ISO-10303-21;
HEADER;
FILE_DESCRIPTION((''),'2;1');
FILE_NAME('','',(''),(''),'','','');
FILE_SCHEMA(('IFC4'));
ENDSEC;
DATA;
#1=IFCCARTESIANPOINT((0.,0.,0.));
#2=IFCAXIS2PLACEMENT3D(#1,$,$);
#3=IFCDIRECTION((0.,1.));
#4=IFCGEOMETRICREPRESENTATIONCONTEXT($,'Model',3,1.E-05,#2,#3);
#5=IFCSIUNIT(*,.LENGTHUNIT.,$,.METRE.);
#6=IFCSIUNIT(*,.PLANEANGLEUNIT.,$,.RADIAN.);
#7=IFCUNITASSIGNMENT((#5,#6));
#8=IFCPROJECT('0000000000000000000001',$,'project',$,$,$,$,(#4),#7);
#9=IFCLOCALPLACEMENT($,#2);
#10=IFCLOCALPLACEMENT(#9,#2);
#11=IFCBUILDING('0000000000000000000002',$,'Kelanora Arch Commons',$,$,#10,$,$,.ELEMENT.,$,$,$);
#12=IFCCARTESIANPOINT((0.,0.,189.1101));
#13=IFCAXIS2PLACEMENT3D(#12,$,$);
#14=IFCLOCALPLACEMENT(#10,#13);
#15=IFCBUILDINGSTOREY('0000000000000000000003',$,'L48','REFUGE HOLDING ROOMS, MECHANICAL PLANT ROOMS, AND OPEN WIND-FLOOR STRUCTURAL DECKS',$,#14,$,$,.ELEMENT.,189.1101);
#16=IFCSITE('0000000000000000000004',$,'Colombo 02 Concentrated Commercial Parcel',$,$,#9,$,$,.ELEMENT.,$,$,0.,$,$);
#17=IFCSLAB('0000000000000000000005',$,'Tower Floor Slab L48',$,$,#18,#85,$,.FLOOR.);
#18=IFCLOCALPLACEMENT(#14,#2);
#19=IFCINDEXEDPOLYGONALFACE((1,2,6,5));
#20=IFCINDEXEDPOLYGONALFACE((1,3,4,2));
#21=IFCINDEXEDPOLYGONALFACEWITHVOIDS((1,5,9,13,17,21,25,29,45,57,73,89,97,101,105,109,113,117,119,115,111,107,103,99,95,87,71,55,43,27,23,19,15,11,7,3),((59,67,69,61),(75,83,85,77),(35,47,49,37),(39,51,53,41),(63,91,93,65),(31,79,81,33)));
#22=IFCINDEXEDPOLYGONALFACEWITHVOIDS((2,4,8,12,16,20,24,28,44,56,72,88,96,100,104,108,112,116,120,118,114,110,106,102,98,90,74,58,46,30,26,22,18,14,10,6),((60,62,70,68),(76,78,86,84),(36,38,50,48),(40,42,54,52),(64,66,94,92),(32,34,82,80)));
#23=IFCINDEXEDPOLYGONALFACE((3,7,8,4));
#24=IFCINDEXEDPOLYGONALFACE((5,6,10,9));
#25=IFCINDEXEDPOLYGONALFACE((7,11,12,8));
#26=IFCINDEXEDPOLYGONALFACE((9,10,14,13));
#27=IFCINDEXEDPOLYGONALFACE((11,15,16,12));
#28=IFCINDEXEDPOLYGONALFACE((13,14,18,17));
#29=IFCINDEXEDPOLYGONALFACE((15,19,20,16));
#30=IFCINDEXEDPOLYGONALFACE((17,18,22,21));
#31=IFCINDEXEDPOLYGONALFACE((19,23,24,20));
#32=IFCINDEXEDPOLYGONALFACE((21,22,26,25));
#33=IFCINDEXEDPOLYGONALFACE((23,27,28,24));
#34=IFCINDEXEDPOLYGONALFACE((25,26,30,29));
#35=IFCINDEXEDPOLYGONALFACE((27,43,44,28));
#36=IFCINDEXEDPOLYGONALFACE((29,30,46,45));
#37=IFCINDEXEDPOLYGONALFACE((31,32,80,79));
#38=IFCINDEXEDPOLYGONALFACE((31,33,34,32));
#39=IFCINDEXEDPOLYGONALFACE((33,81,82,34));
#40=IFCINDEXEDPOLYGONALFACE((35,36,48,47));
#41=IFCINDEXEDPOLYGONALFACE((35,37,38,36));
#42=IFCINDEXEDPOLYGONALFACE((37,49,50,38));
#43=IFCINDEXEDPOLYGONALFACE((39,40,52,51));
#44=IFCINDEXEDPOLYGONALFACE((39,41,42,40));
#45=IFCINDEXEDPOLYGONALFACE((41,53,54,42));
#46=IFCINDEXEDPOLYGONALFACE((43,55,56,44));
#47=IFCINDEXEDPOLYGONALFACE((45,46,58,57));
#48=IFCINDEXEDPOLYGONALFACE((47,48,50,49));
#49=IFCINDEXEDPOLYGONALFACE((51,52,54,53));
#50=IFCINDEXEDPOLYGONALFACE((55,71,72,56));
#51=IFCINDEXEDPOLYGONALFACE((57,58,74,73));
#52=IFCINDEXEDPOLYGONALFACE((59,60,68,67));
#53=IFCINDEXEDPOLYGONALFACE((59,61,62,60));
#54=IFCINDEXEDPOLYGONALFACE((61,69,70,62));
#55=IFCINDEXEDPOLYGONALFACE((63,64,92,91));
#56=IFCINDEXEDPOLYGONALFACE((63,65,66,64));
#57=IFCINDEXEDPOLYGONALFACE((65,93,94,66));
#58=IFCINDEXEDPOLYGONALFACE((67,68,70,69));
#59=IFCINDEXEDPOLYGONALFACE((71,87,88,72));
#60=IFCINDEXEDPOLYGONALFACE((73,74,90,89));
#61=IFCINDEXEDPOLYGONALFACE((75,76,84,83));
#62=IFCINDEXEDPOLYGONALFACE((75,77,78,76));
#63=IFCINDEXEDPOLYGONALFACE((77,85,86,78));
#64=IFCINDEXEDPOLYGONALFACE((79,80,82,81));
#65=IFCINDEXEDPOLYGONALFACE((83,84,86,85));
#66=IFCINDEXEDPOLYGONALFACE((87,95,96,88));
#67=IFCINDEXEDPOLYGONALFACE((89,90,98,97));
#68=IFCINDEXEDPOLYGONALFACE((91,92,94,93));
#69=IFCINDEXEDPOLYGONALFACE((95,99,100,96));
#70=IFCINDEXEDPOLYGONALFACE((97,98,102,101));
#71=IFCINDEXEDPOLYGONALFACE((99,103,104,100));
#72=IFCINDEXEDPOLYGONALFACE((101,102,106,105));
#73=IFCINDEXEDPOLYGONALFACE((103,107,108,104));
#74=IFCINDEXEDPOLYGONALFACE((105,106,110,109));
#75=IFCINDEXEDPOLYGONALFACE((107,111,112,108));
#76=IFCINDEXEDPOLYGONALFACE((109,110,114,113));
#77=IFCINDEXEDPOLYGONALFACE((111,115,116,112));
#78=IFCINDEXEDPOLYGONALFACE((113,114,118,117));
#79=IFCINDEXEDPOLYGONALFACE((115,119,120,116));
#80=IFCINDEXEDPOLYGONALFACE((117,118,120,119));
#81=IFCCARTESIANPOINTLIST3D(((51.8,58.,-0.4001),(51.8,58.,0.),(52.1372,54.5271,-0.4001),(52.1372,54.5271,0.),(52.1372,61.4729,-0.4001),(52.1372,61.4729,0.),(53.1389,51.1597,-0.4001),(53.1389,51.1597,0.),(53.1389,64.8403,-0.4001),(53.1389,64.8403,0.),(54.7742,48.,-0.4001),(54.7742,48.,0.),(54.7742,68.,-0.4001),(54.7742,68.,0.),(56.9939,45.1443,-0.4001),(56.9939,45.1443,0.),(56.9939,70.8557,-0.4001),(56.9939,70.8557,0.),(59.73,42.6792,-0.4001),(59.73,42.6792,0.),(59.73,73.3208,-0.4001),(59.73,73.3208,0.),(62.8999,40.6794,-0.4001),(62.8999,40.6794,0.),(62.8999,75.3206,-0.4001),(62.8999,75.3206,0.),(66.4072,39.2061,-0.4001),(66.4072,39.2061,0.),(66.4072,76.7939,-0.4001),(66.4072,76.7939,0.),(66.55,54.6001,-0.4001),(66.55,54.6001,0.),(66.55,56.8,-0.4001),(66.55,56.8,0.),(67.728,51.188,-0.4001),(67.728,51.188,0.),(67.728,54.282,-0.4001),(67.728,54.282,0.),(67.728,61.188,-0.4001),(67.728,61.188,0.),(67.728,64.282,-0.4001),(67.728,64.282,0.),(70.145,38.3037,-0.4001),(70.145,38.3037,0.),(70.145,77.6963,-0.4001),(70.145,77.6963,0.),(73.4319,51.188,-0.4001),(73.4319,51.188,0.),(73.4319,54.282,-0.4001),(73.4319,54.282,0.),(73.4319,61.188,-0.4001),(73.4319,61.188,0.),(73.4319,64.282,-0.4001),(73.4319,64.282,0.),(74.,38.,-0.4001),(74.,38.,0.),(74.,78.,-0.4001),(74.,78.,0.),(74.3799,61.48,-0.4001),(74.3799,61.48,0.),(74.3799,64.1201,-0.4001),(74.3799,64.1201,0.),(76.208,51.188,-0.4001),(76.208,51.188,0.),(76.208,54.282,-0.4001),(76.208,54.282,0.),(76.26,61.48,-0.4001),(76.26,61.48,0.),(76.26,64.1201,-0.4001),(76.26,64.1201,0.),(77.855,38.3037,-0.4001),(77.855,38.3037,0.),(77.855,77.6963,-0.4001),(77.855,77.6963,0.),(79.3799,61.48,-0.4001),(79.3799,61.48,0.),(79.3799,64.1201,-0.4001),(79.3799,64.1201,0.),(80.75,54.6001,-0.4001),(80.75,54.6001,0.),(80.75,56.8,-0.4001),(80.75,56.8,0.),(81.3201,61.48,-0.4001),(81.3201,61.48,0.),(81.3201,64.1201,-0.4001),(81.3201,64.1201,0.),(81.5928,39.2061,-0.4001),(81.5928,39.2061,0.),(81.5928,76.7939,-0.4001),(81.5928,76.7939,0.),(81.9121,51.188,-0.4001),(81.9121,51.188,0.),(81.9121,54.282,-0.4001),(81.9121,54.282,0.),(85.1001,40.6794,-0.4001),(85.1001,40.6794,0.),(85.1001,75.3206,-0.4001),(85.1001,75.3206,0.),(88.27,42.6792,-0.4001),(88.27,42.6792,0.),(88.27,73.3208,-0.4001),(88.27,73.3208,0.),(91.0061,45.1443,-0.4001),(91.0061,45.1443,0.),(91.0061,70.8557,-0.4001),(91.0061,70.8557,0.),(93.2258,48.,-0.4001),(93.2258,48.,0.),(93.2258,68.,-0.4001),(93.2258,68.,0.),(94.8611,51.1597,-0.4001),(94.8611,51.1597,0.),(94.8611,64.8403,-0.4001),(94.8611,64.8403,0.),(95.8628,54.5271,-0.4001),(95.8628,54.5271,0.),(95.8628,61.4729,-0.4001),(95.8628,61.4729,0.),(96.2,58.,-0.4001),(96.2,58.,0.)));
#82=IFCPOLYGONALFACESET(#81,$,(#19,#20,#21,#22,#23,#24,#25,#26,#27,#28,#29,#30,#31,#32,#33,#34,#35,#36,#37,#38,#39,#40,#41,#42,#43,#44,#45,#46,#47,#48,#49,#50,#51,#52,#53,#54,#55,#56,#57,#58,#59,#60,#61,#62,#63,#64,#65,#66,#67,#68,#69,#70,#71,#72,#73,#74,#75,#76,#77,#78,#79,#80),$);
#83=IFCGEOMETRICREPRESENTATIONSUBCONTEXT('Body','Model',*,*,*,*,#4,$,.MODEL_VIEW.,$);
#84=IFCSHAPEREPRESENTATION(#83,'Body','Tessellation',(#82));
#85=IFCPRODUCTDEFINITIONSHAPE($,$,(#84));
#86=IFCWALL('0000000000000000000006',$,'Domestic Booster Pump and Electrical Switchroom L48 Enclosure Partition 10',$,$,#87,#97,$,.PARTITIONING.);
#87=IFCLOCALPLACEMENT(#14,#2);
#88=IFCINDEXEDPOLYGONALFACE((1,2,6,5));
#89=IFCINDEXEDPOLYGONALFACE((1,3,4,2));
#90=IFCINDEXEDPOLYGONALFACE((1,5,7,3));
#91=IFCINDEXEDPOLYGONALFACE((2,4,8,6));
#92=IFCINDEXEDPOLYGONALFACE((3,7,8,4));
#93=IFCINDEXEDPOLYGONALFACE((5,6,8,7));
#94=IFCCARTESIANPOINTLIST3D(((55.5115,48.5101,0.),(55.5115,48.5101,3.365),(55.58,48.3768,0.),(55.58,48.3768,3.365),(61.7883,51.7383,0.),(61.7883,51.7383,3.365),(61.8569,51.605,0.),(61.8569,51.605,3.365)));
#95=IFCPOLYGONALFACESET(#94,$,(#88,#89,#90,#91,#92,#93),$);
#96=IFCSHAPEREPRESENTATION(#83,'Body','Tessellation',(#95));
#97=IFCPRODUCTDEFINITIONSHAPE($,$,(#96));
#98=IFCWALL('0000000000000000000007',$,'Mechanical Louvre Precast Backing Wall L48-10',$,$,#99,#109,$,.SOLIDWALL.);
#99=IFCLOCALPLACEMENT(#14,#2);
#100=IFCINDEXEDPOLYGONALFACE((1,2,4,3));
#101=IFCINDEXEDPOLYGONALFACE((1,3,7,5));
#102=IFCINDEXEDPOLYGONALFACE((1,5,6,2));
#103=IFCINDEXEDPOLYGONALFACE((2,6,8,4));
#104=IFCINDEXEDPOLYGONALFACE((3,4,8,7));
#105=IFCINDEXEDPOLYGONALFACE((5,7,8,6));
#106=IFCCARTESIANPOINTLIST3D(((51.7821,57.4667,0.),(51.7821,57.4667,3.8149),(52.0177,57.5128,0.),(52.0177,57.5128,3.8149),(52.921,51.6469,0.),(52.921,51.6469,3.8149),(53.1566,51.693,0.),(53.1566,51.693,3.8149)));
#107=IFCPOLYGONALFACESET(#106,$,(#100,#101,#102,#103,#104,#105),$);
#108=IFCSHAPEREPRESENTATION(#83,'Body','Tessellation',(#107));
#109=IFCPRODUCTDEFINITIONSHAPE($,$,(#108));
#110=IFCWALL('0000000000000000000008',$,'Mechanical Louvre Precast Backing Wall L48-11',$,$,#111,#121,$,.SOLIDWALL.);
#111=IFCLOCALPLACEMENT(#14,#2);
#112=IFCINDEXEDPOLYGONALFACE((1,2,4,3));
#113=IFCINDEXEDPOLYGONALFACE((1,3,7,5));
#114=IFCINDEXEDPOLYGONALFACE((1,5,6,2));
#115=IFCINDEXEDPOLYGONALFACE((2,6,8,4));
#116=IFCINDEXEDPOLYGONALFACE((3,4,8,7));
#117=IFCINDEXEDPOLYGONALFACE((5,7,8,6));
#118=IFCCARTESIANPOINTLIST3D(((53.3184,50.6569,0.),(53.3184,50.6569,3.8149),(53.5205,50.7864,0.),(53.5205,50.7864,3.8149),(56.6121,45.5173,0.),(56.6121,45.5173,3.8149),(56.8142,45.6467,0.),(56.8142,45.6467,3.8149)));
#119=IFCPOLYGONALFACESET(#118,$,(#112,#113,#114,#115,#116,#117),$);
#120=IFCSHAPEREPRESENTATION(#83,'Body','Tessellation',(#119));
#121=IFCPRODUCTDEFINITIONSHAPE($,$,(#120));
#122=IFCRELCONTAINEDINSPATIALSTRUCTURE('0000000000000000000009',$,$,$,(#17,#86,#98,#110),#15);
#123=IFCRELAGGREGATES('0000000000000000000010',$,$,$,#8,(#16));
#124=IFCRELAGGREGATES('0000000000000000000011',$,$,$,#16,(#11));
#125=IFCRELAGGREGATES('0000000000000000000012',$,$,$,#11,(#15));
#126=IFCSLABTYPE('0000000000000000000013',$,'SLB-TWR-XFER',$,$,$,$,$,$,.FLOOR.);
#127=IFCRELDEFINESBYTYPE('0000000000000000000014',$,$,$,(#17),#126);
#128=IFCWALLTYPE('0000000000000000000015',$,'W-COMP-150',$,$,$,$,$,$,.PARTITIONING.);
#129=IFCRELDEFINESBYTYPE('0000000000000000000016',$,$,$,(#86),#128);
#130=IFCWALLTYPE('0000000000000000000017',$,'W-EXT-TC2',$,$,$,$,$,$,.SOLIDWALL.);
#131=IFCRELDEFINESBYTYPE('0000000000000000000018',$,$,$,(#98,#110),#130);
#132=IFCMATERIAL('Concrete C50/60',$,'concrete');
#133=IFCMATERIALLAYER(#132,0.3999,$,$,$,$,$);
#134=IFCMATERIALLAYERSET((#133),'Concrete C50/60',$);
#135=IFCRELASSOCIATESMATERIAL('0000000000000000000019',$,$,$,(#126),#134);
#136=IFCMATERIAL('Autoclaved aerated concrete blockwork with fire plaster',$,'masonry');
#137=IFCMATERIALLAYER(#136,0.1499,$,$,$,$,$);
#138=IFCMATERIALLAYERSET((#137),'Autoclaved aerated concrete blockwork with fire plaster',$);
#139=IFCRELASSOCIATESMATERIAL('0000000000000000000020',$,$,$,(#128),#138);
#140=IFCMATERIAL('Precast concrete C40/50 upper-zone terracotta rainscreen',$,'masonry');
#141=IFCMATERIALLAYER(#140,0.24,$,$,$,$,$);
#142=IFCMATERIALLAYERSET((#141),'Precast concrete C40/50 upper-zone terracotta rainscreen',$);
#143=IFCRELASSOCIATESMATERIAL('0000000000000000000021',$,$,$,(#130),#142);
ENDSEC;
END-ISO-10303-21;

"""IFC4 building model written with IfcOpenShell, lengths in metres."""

from ifc_helpers import new_model, si_unit, direction, frame, frame_2d, origin, place, context, subcontext, project, spatial, polyline, rectangle, outline, extrude, material, layer, layer_set, type_object, element, save


model = new_model("IFC4")

# Units and contexts
model_context = context("Model", 3, precision=1e-05, world=origin(), true_north=direction((0.0, 1.0)))
body_context = subcontext(model_context, "Body", "Model", "MODEL_VIEW")
ifc_project = project(units=[si_unit("LENGTHUNIT", "METRE"), si_unit("PLANEANGLEUNIT", "RADIAN")], contexts=[model_context])

# Site, building, storey
site_placement = place(None, origin())
site = spatial("IfcSite", under=ifc_project, at=site_placement, Name="Colombo 02 Concentrated Commercial Parcel", CompositionType="ELEMENT", RefElevation=0.0)
building_placement = place(site_placement, origin())
building = spatial("IfcBuilding", under=site, at=building_placement, Name="Kelanora Arch Commons", CompositionType="ELEMENT")
storey_placement = place(building_placement, frame((0.0, 0.0, 189.1101)))
storey = spatial("IfcBuildingStorey", under=building, at=storey_placement, Name="L48", Description="REFUGE HOLDING ROOMS, MECHANICAL PLANT ROOMS, AND OPEN WIND-FLOOR STRUCTURAL DECKS", CompositionType="ELEMENT", Elevation=189.1101)

# Shared definitions
ifc_material_1 = material(Name="Concrete C50/60", Category="concrete")

# Slab
ifc_layer_1 = layer(ifc_material_1, 0.3999)
ifc_layer_set_1 = layer_set([ifc_layer_1], Name="Concrete C50/60")
slab_type_1 = type_object("IfcSlabType", Name="SLB-TWR-XFER", PredefinedType="FLOOR", material=ifc_layer_set_1)
slab_1_placement = place(storey_placement, frame((0.0, 0.0, -0.4001)))
element("IfcSlab", 1, at=slab_1_placement, inside=storey, type_object=slab_type_1, Name="Tower Floor Slab L48", PredefinedType="FLOOR", context=body_context, shape_type="SweptSolid", body=[
    extrude(outline(polyline([(96.2, 58.0), (95.8628, 61.4729), (94.8611, 64.8403), (93.2258, 68.0), (91.0061, 70.8557), (88.27, 73.3208), (85.1001, 75.3206), (81.5928, 76.7939), (77.855, 77.6963), (74.0, 78.0), (70.145, 77.6963), (66.4072, 76.7939), (62.8999, 75.3206), (59.73, 73.3208), (56.9939, 70.8557), (54.7742, 68.0), (53.1389, 64.8403), (52.1372, 61.4729), (51.8, 58.0), (52.1372, 54.5271), (53.1389, 51.1597), (54.7742, 48.0), (56.9939, 45.1443), (59.73, 42.6792), (62.8999, 40.6794), (66.4072, 39.2061), (70.145, 38.3037), (74.0, 38.0), (77.855, 38.3037), (81.5928, 39.2061), (85.1001, 40.6794), (88.27, 42.6792), (91.0061, 45.1443), (93.2258, 48.0), (94.8611, 51.1597), (95.8628, 54.5271), (96.2, 58.0)]), holes=[polyline([(73.4319, 51.188), (67.728, 51.188), (67.728, 54.282), (73.4319, 54.282), (73.4319, 51.188)]), polyline([(76.208, 51.188), (76.208, 54.282), (81.9121, 54.282), (81.9121, 51.188), (76.208, 51.188)]), polyline([(66.55, 54.6001), (66.55, 56.8), (80.75, 56.8), (80.75, 54.6001), (66.55, 54.6001)]), polyline([(73.4319, 61.188), (67.728, 61.188), (67.728, 64.282), (73.4319, 64.282), (73.4319, 61.188)]), polyline([(74.3799, 61.48), (74.3799, 64.1201), (76.26, 64.1201), (76.26, 61.48), (74.3799, 61.48)]), polyline([(79.3799, 61.48), (79.3799, 64.1201), (81.3201, 64.1201), (81.3201, 61.48), (79.3799, 61.48)])]), origin(), (0.0, 0.0, 1.0), 0.4001),
])

# Walls
ifc_material_2 = material(Name="Autoclaved aerated concrete blockwork with fire plaster", Category="masonry")
ifc_layer_2 = layer(ifc_material_2, 0.1499)
ifc_layer_set_2 = layer_set([ifc_layer_2], Name="Autoclaved aerated concrete blockwork with fire plaster")
wall_type_1 = type_object("IfcWallType", Name="W-COMP-150", PredefinedType="PARTITIONING", material=ifc_layer_set_2)
wall_1_placement = place(storey_placement, frame((55.5457, 48.4434, 0.0), z_axis=(0.0, 0.0, 1.0), x_axis=(0.889278, 0.457368, 0.0)))
element("IfcWall", 2, at=wall_1_placement, inside=storey, type_object=wall_type_1, Name="Domestic Booster Pump and Electrical Switchroom L48 Enclosure Partition 10", PredefinedType="PARTITIONING", context=body_context, shape_type="SweptSolid", body=[
    extrude(rectangle(XDim=7.0583, YDim=0.1499, at=frame_2d((3.5293, 0.0))), origin(), (0.0, 0.0, 1.0), 3.365),
])
ifc_material_3 = material(Name="Precast concrete C40/50 upper-zone terracotta rainscreen", Category="masonry")
ifc_layer_3 = layer(ifc_material_3, 0.24)
ifc_layer_set_3 = layer_set([ifc_layer_3], Name="Precast concrete C40/50 upper-zone terracotta rainscreen")
wall_type_2 = type_object("IfcWallType", Name="W-EXT-TC2", PredefinedType="SOLIDWALL", material=ifc_layer_set_3)
wall_2_placement = place(storey_placement, frame((51.8999, 57.4897, 0.0), z_axis=(0.0, 0.0, 1.0), x_axis=(0.192053, -0.981385, 0.0)))
element("IfcWall", 3, at=wall_2_placement, inside=storey, type_object=wall_type_2, Name="Mechanical Louvre Precast Backing Wall L48-10", PredefinedType="SOLIDWALL", context=body_context, shape_type="SweptSolid", body=[
    extrude(rectangle(XDim=5.9302, YDim=0.24, at=frame_2d((2.9651, 0.0))), origin(), (0.0, 0.0, 1.0), 3.8149),
])
wall_3_placement = place(storey_placement, frame((53.4194, 50.7217, 0.0), z_axis=(0.0, 0.0, 1.0), x_axis=(0.539556, -0.841949, 0.0)))
element("IfcWall", 4, at=wall_3_placement, inside=storey, type_object=wall_type_2, Name="Mechanical Louvre Precast Backing Wall L48-11", PredefinedType="SOLIDWALL", context=body_context, shape_type="SweptSolid", body=[
    extrude(rectangle(XDim=6.1045, YDim=0.24, at=frame_2d((3.0522, 0.0))), origin(), (0.0, 0.0, 1.0), 3.8149),
])

save(model, "model.ifc")
